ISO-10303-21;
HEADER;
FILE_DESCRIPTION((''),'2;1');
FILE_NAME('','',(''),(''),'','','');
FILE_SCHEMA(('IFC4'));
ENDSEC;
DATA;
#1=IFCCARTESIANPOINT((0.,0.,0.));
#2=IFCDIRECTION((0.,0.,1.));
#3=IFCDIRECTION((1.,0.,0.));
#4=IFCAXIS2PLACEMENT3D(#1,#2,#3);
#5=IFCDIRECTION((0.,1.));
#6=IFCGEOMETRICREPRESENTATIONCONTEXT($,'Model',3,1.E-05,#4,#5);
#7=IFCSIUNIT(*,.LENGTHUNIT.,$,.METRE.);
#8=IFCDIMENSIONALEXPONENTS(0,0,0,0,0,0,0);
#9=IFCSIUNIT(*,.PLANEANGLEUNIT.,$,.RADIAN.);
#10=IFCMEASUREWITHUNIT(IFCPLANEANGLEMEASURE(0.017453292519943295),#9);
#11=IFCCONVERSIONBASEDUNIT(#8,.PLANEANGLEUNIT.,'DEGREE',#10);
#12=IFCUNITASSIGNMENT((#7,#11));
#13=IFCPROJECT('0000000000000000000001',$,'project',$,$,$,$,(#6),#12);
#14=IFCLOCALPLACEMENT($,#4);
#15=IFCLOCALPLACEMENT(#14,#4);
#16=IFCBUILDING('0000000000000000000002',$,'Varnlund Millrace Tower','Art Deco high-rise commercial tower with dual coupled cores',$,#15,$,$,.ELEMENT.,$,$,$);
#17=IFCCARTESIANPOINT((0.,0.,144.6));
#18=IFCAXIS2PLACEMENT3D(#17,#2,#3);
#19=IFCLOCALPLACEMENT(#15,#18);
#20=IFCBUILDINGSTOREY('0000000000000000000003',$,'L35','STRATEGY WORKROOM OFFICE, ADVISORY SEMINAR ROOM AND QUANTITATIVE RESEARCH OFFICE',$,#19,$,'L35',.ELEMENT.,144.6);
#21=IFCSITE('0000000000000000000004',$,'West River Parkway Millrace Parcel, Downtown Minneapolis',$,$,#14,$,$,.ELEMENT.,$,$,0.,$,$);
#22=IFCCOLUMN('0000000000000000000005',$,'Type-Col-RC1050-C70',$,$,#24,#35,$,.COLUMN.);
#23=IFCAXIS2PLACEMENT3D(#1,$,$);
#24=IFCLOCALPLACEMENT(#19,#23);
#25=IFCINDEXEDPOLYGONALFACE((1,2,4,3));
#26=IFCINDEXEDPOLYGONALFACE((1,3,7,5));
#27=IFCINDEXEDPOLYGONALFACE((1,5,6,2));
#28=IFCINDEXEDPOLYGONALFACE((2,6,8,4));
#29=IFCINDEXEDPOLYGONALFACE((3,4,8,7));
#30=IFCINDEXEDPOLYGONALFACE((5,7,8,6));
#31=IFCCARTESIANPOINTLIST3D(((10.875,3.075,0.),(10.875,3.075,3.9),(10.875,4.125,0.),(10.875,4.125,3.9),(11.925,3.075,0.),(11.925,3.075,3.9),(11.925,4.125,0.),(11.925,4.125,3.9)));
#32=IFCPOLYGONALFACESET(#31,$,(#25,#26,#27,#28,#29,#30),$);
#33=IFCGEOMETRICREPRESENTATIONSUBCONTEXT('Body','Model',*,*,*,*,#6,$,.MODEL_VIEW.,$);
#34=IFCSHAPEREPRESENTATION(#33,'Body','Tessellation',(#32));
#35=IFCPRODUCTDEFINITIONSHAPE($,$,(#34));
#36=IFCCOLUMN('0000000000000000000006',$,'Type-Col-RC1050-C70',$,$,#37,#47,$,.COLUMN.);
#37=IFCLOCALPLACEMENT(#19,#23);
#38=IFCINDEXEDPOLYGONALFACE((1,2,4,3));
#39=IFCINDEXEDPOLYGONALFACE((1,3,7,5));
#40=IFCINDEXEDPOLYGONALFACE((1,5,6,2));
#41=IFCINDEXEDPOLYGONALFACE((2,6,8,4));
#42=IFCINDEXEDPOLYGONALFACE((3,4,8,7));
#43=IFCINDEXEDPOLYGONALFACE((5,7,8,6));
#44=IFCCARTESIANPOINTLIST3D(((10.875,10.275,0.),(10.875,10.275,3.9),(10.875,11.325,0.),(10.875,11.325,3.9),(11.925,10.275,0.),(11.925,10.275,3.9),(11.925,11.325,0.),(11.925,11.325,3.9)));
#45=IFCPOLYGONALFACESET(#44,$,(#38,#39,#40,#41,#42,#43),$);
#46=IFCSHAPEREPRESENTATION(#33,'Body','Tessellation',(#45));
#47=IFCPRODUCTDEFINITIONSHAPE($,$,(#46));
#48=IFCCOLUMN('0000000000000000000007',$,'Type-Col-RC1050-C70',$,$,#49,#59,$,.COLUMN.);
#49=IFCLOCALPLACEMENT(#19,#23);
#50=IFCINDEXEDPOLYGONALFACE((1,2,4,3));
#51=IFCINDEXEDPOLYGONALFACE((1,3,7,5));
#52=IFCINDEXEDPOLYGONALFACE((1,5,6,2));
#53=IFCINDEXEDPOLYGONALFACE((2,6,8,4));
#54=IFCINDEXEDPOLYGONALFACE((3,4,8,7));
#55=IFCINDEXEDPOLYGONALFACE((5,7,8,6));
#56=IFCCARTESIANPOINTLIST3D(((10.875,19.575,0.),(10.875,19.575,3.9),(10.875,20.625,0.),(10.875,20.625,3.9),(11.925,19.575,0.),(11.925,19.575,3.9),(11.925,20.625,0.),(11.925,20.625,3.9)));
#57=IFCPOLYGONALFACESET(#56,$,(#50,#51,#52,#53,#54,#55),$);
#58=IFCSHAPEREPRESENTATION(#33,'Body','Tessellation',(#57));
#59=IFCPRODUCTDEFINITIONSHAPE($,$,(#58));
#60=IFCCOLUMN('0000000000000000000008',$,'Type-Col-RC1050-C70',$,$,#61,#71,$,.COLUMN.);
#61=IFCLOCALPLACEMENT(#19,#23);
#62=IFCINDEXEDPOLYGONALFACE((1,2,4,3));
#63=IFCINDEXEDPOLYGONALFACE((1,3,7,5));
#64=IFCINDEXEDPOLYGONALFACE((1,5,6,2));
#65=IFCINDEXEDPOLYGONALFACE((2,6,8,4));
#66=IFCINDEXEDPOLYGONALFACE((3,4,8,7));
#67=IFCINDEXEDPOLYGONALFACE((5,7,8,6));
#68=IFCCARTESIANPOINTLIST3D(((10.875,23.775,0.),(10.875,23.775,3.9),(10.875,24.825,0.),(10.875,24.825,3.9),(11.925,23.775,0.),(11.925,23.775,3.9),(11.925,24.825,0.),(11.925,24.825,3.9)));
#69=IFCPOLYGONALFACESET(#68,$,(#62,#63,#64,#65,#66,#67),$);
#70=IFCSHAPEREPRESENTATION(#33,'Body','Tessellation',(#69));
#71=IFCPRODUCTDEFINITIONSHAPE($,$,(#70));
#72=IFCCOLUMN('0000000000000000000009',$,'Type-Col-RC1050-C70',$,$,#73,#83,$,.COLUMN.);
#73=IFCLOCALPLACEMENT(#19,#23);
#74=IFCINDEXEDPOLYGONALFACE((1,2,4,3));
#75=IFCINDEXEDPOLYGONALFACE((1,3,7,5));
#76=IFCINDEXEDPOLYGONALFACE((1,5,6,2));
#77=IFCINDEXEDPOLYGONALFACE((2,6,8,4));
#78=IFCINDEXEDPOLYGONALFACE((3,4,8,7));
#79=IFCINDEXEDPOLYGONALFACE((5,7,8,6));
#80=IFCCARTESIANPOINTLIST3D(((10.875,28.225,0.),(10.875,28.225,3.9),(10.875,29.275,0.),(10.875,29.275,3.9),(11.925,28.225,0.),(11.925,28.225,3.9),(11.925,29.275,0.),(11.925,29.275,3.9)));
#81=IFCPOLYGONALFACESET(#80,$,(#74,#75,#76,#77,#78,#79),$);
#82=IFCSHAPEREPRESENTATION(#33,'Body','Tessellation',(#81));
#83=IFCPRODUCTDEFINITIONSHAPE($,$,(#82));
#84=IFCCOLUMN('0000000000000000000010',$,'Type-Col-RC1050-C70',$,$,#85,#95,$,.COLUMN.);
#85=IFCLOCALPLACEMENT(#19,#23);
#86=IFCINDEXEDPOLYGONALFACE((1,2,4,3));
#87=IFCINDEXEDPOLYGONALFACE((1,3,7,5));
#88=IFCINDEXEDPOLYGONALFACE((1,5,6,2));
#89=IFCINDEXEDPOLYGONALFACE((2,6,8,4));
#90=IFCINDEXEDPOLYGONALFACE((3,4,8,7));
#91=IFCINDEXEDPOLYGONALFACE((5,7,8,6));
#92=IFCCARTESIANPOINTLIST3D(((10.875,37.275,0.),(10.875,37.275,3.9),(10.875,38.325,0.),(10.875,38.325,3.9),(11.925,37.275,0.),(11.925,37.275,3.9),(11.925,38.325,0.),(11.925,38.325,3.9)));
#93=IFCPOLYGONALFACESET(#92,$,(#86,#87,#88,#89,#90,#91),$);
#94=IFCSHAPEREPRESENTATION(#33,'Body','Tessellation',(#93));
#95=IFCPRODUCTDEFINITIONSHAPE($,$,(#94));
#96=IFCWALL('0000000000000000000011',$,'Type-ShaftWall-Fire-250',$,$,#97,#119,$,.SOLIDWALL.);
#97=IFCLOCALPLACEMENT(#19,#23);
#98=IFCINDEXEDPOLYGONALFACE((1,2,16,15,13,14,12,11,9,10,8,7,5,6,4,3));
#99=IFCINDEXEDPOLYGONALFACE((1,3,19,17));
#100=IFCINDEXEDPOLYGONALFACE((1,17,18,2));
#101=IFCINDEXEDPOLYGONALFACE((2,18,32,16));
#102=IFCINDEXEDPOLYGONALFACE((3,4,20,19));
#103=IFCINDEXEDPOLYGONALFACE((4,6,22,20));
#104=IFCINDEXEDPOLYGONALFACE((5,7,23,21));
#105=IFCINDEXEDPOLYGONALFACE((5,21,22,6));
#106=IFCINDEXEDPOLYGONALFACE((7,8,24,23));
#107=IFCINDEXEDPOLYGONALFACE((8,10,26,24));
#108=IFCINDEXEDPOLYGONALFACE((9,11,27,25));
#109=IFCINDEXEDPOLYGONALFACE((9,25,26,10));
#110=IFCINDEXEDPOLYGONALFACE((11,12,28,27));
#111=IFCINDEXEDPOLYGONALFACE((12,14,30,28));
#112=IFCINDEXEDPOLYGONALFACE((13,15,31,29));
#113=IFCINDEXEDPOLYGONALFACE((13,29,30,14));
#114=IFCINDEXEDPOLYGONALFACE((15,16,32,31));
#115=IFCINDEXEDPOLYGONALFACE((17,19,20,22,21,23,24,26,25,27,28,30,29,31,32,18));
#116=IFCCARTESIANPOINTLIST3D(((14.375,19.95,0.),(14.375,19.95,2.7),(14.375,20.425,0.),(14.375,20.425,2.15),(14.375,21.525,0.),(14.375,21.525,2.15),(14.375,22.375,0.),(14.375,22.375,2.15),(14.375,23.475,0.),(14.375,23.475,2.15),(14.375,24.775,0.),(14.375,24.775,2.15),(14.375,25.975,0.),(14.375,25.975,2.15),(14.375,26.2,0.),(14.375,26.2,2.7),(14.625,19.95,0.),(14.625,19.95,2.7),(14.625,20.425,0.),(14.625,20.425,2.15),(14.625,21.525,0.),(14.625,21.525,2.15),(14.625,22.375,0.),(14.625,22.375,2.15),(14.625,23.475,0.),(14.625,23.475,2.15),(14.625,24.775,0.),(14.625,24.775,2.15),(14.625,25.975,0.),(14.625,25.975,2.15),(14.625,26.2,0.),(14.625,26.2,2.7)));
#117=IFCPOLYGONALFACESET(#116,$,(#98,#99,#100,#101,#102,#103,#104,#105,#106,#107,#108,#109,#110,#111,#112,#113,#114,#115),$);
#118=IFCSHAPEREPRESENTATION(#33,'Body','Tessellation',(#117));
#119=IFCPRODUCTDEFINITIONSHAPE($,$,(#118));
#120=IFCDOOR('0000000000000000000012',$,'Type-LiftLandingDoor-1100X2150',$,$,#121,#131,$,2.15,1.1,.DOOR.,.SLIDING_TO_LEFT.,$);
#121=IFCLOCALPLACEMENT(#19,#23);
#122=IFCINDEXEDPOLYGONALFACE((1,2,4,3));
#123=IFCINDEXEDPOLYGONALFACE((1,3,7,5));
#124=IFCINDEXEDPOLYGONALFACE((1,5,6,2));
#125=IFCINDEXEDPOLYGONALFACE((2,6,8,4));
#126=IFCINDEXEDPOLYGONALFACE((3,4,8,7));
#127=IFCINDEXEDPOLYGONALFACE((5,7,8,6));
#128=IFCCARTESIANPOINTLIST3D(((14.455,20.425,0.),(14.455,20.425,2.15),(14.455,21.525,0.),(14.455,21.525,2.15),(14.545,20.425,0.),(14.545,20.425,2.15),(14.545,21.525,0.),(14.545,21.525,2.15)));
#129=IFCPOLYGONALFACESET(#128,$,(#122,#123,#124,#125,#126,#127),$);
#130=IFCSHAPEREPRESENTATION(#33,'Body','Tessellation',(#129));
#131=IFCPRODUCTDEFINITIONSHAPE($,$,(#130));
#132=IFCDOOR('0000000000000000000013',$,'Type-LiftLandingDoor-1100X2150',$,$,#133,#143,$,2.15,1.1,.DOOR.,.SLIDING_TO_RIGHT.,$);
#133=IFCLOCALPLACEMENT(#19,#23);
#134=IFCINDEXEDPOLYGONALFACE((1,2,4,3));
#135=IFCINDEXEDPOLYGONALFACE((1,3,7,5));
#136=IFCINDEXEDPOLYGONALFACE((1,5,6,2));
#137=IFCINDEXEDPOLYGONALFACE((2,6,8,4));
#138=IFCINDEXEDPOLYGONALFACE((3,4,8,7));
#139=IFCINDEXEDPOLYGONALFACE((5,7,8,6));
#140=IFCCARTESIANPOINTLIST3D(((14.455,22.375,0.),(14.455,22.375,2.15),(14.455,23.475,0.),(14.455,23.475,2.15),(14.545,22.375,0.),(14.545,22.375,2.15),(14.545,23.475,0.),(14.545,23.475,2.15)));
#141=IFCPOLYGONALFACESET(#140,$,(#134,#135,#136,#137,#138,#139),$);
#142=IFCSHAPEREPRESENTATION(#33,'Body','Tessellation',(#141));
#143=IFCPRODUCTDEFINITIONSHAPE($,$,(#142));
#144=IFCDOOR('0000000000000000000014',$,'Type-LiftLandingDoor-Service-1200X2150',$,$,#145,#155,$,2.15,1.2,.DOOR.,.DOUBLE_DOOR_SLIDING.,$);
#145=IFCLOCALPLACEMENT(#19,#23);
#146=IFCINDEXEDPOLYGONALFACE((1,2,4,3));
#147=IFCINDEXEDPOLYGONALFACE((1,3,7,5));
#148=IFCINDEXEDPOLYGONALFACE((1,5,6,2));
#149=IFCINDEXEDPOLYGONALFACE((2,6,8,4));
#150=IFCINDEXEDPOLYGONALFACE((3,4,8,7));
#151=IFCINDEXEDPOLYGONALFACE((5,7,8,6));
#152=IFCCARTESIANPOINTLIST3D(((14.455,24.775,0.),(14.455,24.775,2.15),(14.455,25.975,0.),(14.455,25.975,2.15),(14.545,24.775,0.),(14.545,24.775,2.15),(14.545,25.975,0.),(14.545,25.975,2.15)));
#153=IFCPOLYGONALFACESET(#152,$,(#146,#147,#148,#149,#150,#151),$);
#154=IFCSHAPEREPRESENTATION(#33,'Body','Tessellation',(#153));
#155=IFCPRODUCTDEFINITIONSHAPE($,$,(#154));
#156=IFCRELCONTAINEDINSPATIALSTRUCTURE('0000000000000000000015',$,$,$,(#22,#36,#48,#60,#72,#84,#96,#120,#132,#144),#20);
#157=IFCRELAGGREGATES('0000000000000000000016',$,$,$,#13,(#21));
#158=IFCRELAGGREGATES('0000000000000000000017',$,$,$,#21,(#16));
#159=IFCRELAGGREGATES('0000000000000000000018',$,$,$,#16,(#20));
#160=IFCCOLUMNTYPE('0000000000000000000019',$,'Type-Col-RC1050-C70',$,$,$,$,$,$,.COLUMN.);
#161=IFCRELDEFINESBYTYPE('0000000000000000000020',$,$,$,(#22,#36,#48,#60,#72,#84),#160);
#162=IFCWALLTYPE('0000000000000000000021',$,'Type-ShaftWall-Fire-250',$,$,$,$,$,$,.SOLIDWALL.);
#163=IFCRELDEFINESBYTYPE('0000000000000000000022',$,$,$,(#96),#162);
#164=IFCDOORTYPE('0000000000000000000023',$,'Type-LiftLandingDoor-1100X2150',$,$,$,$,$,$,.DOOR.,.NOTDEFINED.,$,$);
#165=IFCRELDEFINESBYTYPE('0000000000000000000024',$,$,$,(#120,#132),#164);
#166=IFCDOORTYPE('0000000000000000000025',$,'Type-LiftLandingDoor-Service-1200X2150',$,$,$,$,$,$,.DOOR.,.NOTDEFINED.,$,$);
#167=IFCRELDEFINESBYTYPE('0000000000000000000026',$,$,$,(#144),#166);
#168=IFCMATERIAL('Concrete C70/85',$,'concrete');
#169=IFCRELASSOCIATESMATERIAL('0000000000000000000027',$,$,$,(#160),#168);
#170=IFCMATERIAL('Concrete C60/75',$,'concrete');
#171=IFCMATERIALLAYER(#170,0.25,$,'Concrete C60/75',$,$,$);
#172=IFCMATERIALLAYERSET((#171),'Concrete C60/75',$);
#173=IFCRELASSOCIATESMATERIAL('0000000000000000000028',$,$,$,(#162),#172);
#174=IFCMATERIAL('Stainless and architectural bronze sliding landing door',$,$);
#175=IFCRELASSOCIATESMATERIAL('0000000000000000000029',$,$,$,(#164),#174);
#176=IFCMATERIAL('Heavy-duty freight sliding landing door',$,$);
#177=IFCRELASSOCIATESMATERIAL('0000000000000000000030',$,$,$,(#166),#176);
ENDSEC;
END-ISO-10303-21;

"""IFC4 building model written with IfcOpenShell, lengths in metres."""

from ifc_helpers import new_model, entity, si_unit, converted_unit, direction, frame, origin_with_axes, origin_2d_with_axis, place, context, subcontext, project, spatial, polyline, rectangle, outline, extrude, material, layer, layer_set, material_profile, profile_set, type_object, element, fill, save


model = new_model("IFC4")

# Units and contexts
model_context = context("Model", 3, precision=1e-05, world=origin_with_axes(), true_north=direction((0.0, 1.0)))
body_context = subcontext(model_context, "Body", "Model", "MODEL_VIEW")
ifc_project = project(units=[si_unit("LENGTHUNIT", "METRE"), converted_unit("PLANEANGLEUNIT", "DEGREE", entity("IfcPlaneAngleMeasure", 0.017453292519943295), si_unit("PLANEANGLEUNIT", "RADIAN"), dimensions=[0, 0, 0, 0, 0, 0, 0])], contexts=[model_context])

# Site, building, storey
site_placement = place(None, origin_with_axes())
site = spatial("IfcSite", under=ifc_project, at=site_placement, Name="West River Parkway Millrace Parcel, Downtown Minneapolis", CompositionType="ELEMENT", RefElevation=0.0)
building_placement = place(site_placement, origin_with_axes())
building = spatial("IfcBuilding", under=site, at=building_placement, Name="Varnlund Millrace Tower", Description="Art Deco high-rise commercial tower with dual coupled cores", CompositionType="ELEMENT")
storey_placement = place(building_placement, frame((0.0, 0.0, 144.6), z_axis=(0.0, 0.0, 1.0), x_axis=(1.0, 0.0, 0.0)))
storey = spatial("IfcBuildingStorey", under=building, at=storey_placement, Name="L35", Description="STRATEGY WORKROOM OFFICE, ADVISORY SEMINAR ROOM AND QUANTITATIVE RESEARCH OFFICE", LongName="L35", CompositionType="ELEMENT", Elevation=144.6)

# Columns
ifc_material_1 = material(Name="Concrete C70/85", Category="concrete")
ifc_material_profile = material_profile(ifc_material_1, rectangle(XDim=1.05, YDim=1.05, at=origin_2d_with_axis()), Name="Concrete C70/85")
ifc_profile_set = profile_set([ifc_material_profile], Name="Concrete C70/85")
column_type = type_object("IfcColumnType", Name="Type-Col-RC1050-C70", PredefinedType="COLUMN", material=ifc_profile_set)
for number, where, z_axis, x_axis, name in (
    (1, (11.4, 3.6, 0.0), (0.0, 0.0, 1.0), (1.0, 0.0, 0.0), "Type-Col-RC1050-C70"),
    (2, (11.4, 10.8, 0.0), (0.0, 0.0, 1.0), (1.0, 0.0, 0.0), "Type-Col-RC1050-C70"),
    (3, (11.4, 20.1, 0.0), (0.0, 0.0, 1.0), (1.0, 0.0, 0.0), "Type-Col-RC1050-C70"),
    (4, (11.4, 24.3, 0.0), (0.0, 0.0, 1.0), (1.0, 0.0, 0.0), "Type-Col-RC1050-C70"),
    (5, (11.4, 28.75, 0.0), (0.0, 0.0, 1.0), (1.0, 0.0, 0.0), "Type-Col-RC1050-C70"),
    (6, (11.4, 37.8, 0.0), (0.0, 0.0, 1.0), (1.0, 0.0, 0.0), "Type-Col-RC1050-C70"),
):
    element("IfcColumn", number, at=place(storey_placement, frame(where, z_axis=z_axis, x_axis=x_axis)), inside=storey, type_object=column_type, Name=name, PredefinedType="COLUMN", context=body_context, shape_type="SweptSolid", body=[
        extrude(rectangle(XDim=1.05, YDim=1.05, at=origin_2d_with_axis()), origin_with_axes(), (0.0, 0.0, 1.0), 3.9),
    ])

# Wall, openings, doors
ifc_material_2 = material(Name="Concrete C60/75", Category="concrete")
ifc_layer = layer(ifc_material_2, 0.25, Name="Concrete C60/75")
ifc_layer_set = layer_set([ifc_layer], Name="Concrete C60/75")
wall_type_1 = type_object("IfcWallType", Name="Type-ShaftWall-Fire-250", PredefinedType="SOLIDWALL", material=ifc_layer_set)
wall_1_placement = place(storey_placement, frame((14.5, 19.95, 0.0), z_axis=(0.0, 0.0, 1.0), x_axis=(0.0, 1.0, 0.0)))
wall_1 = element("IfcWall", 7, at=wall_1_placement, inside=storey, type_object=wall_type_1, Name="Type-ShaftWall-Fire-250", PredefinedType="SOLIDWALL", context=body_context, shape_type="SweptSolid", body=[
    extrude(outline(polyline([(0.0, -0.125), (6.25, -0.125), (6.25, 0.125), (0.0, 0.125), (0.0, -0.125)])), origin_with_axes(), (0.0, 0.0, 1.0), 2.7),
])
opening_1_placement = place(wall_1_placement, frame((1.025, 0.0, 0.0), z_axis=(0.0, 0.0, 1.0), x_axis=(1.0, 0.0, 0.0)))
opening_1 = element("IfcOpeningElement", 8, at=opening_1_placement, cuts=wall_1, PredefinedType="OPENING", context=body_context, shape_type="SweptSolid", body=[
    extrude(rectangle(XDim=1.1, YDim=0.27, at=origin_2d_with_axis()), origin_with_axes(), (0.0, 0.0, 1.0), 2.15),
])
opening_2_placement = place(wall_1_placement, frame((2.975, 0.0, 0.0), z_axis=(0.0, 0.0, 1.0), x_axis=(1.0, 0.0, 0.0)))
opening_2 = element("IfcOpeningElement", 9, at=opening_2_placement, cuts=wall_1, PredefinedType="OPENING", context=body_context, shape_type="SweptSolid", body=[
    extrude(rectangle(XDim=1.1, YDim=0.27, at=origin_2d_with_axis()), origin_with_axes(), (0.0, 0.0, 1.0), 2.15),
])
opening_3_placement = place(wall_1_placement, frame((5.425, 0.0, 0.0), z_axis=(0.0, 0.0, 1.0), x_axis=(1.0, 0.0, 0.0)))
opening_3 = element("IfcOpeningElement", 10, at=opening_3_placement, cuts=wall_1, PredefinedType="OPENING", context=body_context, shape_type="SweptSolid", body=[
    extrude(rectangle(XDim=1.2, YDim=0.27, at=origin_2d_with_axis()), origin_with_axes(), (0.0, 0.0, 1.0), 2.15),
])
ifc_material_3 = material(Name="Stainless and architectural bronze sliding landing door")
door_type_1 = type_object("IfcDoorType", Name="Type-LiftLandingDoor-1100X2150", OperationType="NOTDEFINED", PredefinedType="DOOR", material=ifc_material_3)
door_1_placement = place(wall_1_placement, frame((1.025, 0.0, 0.0), z_axis=(0.0, 0.0, 1.0), x_axis=(1.0, 0.0, 0.0)))
door_1 = element("IfcDoor", 11, at=door_1_placement, inside=storey, type_object=door_type_1, Name="Type-LiftLandingDoor-1100X2150", OperationType="SLIDING_TO_LEFT", OverallHeight=2.15, OverallWidth=1.1, PredefinedType="DOOR", context=body_context, shape_type="SweptSolid", body=[
    extrude(rectangle(XDim=1.1, YDim=0.09, at=origin_2d_with_axis()), origin_with_axes(), (0.0, 0.0, 1.0), 2.15),
])
fill(opening_1, door_1)
door_2_placement = place(wall_1_placement, frame((2.975, 0.0, 0.0), z_axis=(0.0, 0.0, 1.0), x_axis=(1.0, 0.0, 0.0)))
door_2 = element("IfcDoor", 12, at=door_2_placement, inside=storey, type_object=door_type_1, Name="Type-LiftLandingDoor-1100X2150", OperationType="SLIDING_TO_RIGHT", OverallHeight=2.15, OverallWidth=1.1, PredefinedType="DOOR", context=body_context, shape_type="SweptSolid", body=[
    extrude(rectangle(XDim=1.1, YDim=0.09, at=origin_2d_with_axis()), origin_with_axes(), (0.0, 0.0, 1.0), 2.15),
])
fill(opening_2, door_2)
ifc_material_4 = material(Name="Heavy-duty freight sliding landing door")
door_type_2 = type_object("IfcDoorType", Name="Type-LiftLandingDoor-Service-1200X2150", OperationType="NOTDEFINED", PredefinedType="DOOR", material=ifc_material_4)
door_3_placement = place(wall_1_placement, frame((5.425, 0.0, 0.0), z_axis=(0.0, 0.0, 1.0), x_axis=(1.0, 0.0, 0.0)))
door_3 = element("IfcDoor", 13, at=door_3_placement, inside=storey, type_object=door_type_2, Name="Type-LiftLandingDoor-Service-1200X2150", OperationType="DOUBLE_DOOR_SLIDING", OverallHeight=2.15, OverallWidth=1.2, PredefinedType="DOOR", context=body_context, shape_type="SweptSolid", body=[
    extrude(rectangle(XDim=1.2, YDim=0.09, at=origin_2d_with_axis()), origin_with_axes(), (0.0, 0.0, 1.0), 2.15),
])
fill(opening_3, door_3)

save(model, "model.ifc")
